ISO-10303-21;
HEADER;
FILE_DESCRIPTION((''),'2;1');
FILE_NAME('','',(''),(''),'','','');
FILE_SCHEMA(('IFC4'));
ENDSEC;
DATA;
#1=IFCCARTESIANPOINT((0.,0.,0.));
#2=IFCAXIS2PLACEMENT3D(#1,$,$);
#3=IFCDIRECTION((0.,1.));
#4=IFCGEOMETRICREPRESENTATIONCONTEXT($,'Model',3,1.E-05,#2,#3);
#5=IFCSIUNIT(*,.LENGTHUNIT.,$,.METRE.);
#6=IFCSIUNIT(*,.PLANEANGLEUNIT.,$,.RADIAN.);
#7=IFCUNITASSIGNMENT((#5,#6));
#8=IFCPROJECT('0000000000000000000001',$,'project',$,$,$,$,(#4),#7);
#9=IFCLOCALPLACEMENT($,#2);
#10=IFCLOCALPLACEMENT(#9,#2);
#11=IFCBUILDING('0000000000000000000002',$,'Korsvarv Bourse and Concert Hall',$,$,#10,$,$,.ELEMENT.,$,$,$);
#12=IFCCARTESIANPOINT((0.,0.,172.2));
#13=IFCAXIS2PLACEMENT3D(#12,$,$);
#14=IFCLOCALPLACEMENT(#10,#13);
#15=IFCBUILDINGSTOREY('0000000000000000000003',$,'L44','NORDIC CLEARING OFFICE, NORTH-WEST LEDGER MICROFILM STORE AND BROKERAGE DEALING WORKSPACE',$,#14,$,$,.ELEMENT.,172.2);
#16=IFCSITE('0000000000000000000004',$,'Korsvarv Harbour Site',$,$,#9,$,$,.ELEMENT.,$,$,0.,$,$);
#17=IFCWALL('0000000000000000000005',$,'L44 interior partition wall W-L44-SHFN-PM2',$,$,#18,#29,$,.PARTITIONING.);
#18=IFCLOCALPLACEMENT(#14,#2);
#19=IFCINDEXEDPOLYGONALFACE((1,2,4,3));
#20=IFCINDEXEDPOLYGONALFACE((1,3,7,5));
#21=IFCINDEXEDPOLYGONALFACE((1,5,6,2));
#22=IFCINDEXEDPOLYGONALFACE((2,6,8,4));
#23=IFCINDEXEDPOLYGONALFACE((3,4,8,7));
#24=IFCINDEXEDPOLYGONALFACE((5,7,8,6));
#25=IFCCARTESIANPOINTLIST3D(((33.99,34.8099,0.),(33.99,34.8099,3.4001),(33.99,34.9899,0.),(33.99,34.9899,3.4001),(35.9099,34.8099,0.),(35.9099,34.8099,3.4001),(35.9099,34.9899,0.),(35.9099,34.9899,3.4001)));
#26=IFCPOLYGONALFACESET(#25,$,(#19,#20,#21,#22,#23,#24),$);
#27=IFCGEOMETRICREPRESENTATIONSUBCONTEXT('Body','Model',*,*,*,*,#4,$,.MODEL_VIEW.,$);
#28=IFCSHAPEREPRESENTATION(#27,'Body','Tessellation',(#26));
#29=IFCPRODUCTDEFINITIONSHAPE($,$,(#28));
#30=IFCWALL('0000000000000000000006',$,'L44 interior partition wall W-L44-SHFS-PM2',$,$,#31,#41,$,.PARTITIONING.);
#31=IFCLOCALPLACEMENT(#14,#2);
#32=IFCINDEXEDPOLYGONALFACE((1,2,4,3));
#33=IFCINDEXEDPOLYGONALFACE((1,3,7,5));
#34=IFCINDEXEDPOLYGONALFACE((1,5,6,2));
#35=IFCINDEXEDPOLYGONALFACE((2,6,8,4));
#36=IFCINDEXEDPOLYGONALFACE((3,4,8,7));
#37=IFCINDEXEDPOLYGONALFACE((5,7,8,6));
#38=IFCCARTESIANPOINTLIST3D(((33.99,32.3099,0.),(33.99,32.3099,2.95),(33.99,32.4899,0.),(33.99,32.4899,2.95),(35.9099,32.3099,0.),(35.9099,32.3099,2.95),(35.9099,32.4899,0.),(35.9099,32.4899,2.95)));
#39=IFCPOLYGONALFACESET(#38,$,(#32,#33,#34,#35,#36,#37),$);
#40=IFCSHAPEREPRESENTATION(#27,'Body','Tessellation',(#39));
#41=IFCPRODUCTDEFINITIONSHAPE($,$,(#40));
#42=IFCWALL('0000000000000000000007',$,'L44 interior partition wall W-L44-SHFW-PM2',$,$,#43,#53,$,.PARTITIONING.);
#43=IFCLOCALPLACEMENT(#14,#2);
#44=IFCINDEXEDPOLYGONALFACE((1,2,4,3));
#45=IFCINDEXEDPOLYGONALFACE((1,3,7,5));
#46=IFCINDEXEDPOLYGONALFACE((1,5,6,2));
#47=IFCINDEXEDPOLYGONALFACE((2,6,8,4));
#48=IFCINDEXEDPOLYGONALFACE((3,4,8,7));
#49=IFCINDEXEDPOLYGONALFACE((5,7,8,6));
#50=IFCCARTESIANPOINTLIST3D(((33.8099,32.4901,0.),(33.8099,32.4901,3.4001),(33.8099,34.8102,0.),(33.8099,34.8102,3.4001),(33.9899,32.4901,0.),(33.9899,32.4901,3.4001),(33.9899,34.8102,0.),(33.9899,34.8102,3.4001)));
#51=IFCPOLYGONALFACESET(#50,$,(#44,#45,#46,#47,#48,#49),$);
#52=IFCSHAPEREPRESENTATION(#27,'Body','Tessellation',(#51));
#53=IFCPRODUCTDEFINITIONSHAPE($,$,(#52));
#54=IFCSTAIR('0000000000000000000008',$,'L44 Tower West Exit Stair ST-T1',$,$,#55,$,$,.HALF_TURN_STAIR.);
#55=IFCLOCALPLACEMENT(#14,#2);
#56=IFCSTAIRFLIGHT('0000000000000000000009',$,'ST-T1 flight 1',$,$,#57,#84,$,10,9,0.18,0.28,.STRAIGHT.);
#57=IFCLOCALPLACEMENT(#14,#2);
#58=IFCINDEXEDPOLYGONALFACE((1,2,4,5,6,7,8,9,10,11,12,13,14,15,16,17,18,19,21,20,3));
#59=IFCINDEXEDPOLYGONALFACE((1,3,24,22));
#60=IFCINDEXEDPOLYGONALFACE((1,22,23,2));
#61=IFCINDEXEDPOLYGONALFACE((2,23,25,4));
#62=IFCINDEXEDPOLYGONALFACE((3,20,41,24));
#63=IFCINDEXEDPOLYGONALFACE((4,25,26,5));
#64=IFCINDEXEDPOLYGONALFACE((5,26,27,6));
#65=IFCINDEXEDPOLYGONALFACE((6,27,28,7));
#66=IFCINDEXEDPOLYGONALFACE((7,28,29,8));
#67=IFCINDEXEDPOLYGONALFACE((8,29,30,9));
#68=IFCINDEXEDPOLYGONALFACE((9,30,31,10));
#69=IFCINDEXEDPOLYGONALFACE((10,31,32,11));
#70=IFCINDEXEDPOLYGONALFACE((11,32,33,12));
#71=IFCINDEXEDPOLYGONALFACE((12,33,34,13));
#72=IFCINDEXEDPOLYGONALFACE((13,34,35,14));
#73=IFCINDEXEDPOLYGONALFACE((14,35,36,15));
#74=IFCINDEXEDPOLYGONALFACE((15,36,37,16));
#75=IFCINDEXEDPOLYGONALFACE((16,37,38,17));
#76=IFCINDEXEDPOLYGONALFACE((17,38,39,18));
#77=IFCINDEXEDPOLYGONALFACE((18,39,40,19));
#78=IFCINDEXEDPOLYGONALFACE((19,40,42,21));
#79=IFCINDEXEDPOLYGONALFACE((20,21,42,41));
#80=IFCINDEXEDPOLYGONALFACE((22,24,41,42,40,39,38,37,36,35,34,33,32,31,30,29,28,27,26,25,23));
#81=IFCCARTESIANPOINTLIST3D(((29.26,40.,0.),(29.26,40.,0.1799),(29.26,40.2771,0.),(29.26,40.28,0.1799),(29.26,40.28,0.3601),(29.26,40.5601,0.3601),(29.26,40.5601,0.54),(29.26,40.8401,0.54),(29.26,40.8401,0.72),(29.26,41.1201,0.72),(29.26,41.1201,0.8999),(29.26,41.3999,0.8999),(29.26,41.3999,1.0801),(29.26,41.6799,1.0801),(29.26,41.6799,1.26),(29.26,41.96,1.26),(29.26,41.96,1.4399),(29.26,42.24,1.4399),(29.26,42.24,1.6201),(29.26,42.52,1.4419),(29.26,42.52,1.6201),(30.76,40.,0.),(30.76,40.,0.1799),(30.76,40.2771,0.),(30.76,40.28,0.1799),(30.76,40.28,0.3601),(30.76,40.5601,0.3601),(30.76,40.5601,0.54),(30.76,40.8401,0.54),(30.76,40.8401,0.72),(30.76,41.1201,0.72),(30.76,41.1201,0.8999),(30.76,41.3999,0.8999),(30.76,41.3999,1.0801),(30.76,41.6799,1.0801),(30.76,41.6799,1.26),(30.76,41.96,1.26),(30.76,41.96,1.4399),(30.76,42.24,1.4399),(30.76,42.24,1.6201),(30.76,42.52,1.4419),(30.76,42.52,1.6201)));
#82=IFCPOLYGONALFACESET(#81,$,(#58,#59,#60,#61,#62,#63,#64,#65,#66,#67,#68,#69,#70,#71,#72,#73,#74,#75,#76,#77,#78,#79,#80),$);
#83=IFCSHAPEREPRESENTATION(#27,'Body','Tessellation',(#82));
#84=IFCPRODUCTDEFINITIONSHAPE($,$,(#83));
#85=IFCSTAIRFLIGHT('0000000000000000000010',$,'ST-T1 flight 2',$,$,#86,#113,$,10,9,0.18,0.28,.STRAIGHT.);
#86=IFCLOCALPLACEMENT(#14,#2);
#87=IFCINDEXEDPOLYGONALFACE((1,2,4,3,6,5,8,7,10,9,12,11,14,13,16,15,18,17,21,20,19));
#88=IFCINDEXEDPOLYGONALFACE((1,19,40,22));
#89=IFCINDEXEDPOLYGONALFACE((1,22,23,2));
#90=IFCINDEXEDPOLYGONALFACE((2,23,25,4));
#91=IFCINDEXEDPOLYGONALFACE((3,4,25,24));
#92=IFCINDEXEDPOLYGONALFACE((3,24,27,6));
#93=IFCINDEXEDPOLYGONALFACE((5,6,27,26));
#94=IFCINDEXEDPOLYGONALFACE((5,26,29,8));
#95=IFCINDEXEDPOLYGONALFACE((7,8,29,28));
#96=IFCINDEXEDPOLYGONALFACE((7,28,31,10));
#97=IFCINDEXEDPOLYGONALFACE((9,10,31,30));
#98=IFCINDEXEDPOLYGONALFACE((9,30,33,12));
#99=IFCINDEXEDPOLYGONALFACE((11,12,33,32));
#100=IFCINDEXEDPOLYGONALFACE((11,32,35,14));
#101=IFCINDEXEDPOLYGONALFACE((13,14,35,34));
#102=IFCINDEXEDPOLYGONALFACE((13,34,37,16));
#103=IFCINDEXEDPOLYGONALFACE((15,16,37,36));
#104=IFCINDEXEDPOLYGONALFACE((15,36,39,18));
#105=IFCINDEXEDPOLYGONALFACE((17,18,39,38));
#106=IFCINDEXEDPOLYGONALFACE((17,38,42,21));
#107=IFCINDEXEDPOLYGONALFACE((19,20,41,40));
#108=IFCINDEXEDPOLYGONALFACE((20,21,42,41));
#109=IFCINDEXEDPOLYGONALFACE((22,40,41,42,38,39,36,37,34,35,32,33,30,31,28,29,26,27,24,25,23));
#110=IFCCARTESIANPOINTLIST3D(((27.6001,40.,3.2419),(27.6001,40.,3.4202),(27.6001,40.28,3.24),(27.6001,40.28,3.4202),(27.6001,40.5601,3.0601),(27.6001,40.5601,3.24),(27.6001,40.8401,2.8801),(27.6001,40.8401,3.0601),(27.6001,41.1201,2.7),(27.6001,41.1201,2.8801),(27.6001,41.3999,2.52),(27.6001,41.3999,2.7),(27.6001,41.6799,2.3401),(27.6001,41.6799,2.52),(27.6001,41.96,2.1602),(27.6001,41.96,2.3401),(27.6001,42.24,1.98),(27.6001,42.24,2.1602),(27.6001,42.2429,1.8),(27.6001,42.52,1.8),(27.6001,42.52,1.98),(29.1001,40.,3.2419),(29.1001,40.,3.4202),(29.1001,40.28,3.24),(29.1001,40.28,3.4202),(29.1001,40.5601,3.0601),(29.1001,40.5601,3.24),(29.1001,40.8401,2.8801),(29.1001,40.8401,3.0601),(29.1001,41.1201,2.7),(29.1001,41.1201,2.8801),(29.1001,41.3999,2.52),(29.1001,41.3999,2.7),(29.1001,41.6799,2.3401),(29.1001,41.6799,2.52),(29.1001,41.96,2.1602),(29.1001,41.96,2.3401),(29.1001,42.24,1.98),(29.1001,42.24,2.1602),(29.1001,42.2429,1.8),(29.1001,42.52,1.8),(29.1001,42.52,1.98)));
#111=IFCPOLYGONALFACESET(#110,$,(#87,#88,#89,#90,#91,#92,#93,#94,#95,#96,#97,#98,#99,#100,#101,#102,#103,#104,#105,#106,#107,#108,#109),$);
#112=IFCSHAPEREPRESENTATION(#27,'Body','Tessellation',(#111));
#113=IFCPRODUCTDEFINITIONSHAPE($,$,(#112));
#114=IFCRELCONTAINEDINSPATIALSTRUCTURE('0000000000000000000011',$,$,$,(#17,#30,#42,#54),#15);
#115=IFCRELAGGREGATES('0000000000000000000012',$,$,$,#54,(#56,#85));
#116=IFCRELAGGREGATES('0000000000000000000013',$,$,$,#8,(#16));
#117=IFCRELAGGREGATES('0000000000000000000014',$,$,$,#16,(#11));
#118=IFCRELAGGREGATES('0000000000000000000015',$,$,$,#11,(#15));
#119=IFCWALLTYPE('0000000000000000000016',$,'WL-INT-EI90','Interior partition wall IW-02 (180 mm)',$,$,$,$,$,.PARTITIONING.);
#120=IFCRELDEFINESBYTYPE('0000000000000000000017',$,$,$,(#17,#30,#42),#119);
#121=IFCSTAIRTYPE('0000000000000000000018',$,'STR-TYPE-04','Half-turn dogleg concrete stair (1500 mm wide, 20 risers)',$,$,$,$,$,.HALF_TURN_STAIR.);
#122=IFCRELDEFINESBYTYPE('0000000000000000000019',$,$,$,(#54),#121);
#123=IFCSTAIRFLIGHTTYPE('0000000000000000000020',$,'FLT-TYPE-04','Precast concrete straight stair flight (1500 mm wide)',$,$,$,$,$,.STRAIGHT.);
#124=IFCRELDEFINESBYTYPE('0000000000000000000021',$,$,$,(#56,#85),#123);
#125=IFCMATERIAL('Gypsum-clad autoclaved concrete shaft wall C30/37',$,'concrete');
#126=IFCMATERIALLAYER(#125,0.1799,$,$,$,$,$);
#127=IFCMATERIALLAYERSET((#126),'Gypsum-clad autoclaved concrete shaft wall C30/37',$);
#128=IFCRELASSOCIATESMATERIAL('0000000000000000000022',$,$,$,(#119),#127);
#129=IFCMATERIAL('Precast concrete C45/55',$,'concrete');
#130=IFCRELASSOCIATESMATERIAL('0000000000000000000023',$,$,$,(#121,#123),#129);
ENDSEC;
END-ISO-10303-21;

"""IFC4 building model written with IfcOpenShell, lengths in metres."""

from ifc_helpers import new_model, si_unit, direction, frame, frame_2d, origin, place, context, subcontext, project, spatial, polyline, rectangle, outline, extrude, material, layer, layer_set, type_object, element, aggregate, save


model = new_model("IFC4")

# Units and contexts
model_context = context("Model", 3, precision=1e-05, world=origin(), true_north=direction((0.0, 1.0)))
body_context = subcontext(model_context, "Body", "Model", "MODEL_VIEW")
ifc_project = project(units=[si_unit("LENGTHUNIT", "METRE"), si_unit("PLANEANGLEUNIT", "RADIAN")], contexts=[model_context])

# Site, building, storey
site_placement = place(None, origin())
site = spatial("IfcSite", under=ifc_project, at=site_placement, Name="Korsvarv Harbour Site", CompositionType="ELEMENT", RefElevation=0.0)
building_placement = place(site_placement, origin())
building = spatial("IfcBuilding", under=site, at=building_placement, Name="Korsvarv Bourse and Concert Hall", CompositionType="ELEMENT")
storey_placement = place(building_placement, frame((0.0, 0.0, 172.2)))
storey = spatial("IfcBuildingStorey", under=building, at=storey_placement, Name="L44", Description="NORDIC CLEARING OFFICE, NORTH-WEST LEDGER MICROFILM STORE AND BROKERAGE DEALING WORKSPACE", CompositionType="ELEMENT", Elevation=172.2)

# Walls
ifc_material_1 = material(Name="Gypsum-clad autoclaved concrete shaft wall C30/37", Category="concrete")
ifc_layer_1 = layer(ifc_material_1, 0.1799)
ifc_layer_set_1 = layer_set([ifc_layer_1], Name="Gypsum-clad autoclaved concrete shaft wall C30/37")
wall_type_1 = type_object("IfcWallType", Name="WL-INT-EI90", Description="Interior partition wall IW-02 (180 mm)", PredefinedType="PARTITIONING", material=ifc_layer_set_1)
wall_1_placement = place(storey_placement, frame((33.99, 34.8999, 0.0), z_axis=(0.0, 0.0, 1.0), x_axis=(1.0, 0.0, 0.0)))
element("IfcWall", 1, at=wall_1_placement, inside=storey, type_object=wall_type_1, Name="L44 interior partition wall W-L44-SHFN-PM2", PredefinedType="PARTITIONING", context=body_context, shape_type="SweptSolid", body=[
    extrude(rectangle(XDim=1.9199, YDim=0.1799, at=frame_2d((0.96, 0.0))), origin(), (0.0, 0.0, 1.0), 3.4001),
])
wall_2_placement = place(storey_placement, frame((33.99, 32.3999, 0.0), z_axis=(0.0, 0.0, 1.0), x_axis=(1.0, 0.0, 0.0)))
element("IfcWall", 2, at=wall_2_placement, inside=storey, type_object=wall_type_1, Name="L44 interior partition wall W-L44-SHFS-PM2", PredefinedType="PARTITIONING", context=body_context, shape_type="SweptSolid", body=[
    extrude(rectangle(XDim=1.9199, YDim=0.1799, at=frame_2d((0.96, 0.0))), origin(), (0.0, 0.0, 1.0), 2.95),
])
wall_3_placement = place(storey_placement, frame((33.8999, 32.49, 0.0), z_axis=(0.0, 0.0, 1.0), x_axis=(0.0, 1.0, 0.0)))
element("IfcWall", 3, at=wall_3_placement, inside=storey, type_object=wall_type_1, Name="L44 interior partition wall W-L44-SHFW-PM2", PredefinedType="PARTITIONING", context=body_context, shape_type="SweptSolid", body=[
    extrude(rectangle(XDim=2.3201, YDim=0.1799, at=frame_2d((1.1602, 0.0))), origin(), (0.0, 0.0, 1.0), 3.4001),
])

# Stair, stair flights
ifc_material_2 = material(Name="Precast concrete C45/55", Category="concrete")
stair_type = type_object("IfcStairType", Name="STR-TYPE-04", Description="Half-turn dogleg concrete stair (1500 mm wide, 20 risers)", PredefinedType="HALF_TURN_STAIR", material=ifc_material_2)
stair_placement = place(storey_placement, origin())
stair = element("IfcStair", 4, at=stair_placement, inside=storey, type_object=stair_type, Name="L44 Tower West Exit Stair ST-T1", PredefinedType="HALF_TURN_STAIR")
stair_flight_type = type_object("IfcStairFlightType", Name="FLT-TYPE-04", Description="Precast concrete straight stair flight (1500 mm wide)", PredefinedType="STRAIGHT", material=ifc_material_2)
stair_flight_1_placement = place(storey_placement, frame((30.01, 40.0, 0.0), z_axis=(0.0, 0.0, 1.0), x_axis=(0.0, 1.0, 0.0)))
stair_flight_1 = element("IfcStairFlight", 5, at=stair_flight_1_placement, type_object=stair_flight_type, Name="ST-T1 flight 1", NumberOfRisers=10, NumberOfTreads=9, PredefinedType="STRAIGHT", RiserHeight=0.18, TreadLength=0.28, context=body_context, shape_type="SweptSolid", body=[
    extrude(outline(polyline([(0.0, 0.0), (0.0, 0.1799), (0.28, 0.1799), (0.28, 0.3601), (0.5601, 0.3601), (0.5601, 0.54), (0.8401, 0.54), (0.8401, 0.72), (1.1201, 0.72), (1.1201, 0.8999), (1.3999, 0.8999), (1.3999, 1.0801), (1.6799, 1.0801), (1.6799, 1.26), (1.96, 1.26), (1.96, 1.4399), (2.24, 1.4399), (2.24, 1.6201), (2.52, 1.6201), (2.52, 1.8), (2.52, 1.4419), (0.2771, 0.0), (0.0, 0.0)])), frame((0.0, 0.75, 0.0), z_axis=(0.0, -1.0, 0.0), x_axis=(1.0, 0.0, 0.0)), (0.0, 0.0, 1.0), 1.5),
])
stair_flight_2_placement = place(storey_placement, frame((28.3501, 42.52, 1.8), z_axis=(0.0, 0.0, 1.0), x_axis=(0.0, -1.0, 0.0)))
stair_flight_2 = element("IfcStairFlight", 6, at=stair_flight_2_placement, type_object=stair_flight_type, Name="ST-T1 flight 2", NumberOfRisers=10, NumberOfTreads=9, PredefinedType="STRAIGHT", RiserHeight=0.18, TreadLength=0.28, context=body_context, shape_type="SweptSolid", body=[
    extrude(outline(polyline([(0.0, 0.0), (0.0, 0.1799), (0.28, 0.1799), (0.28, 0.3601), (0.5601, 0.3601), (0.5601, 0.54), (0.8401, 0.54), (0.8401, 0.72), (1.1201, 0.72), (1.1201, 0.8999), (1.3999, 0.8999), (1.3999, 1.0801), (1.6799, 1.0801), (1.6799, 1.26), (1.96, 1.26), (1.96, 1.4399), (2.24, 1.4399), (2.24, 1.6201), (2.52, 1.6201), (2.52, 1.8), (2.52, 1.4419), (0.2771, 0.0), (0.0, 0.0)])), frame((0.0, 0.75, 0.0), z_axis=(0.0, -1.0, 0.0), x_axis=(1.0, 0.0, 0.0)), (0.0, 0.0, 1.0), 1.5),
])
aggregate(stair, [stair_flight_1, stair_flight_2])

save(model, "model.ifc")
